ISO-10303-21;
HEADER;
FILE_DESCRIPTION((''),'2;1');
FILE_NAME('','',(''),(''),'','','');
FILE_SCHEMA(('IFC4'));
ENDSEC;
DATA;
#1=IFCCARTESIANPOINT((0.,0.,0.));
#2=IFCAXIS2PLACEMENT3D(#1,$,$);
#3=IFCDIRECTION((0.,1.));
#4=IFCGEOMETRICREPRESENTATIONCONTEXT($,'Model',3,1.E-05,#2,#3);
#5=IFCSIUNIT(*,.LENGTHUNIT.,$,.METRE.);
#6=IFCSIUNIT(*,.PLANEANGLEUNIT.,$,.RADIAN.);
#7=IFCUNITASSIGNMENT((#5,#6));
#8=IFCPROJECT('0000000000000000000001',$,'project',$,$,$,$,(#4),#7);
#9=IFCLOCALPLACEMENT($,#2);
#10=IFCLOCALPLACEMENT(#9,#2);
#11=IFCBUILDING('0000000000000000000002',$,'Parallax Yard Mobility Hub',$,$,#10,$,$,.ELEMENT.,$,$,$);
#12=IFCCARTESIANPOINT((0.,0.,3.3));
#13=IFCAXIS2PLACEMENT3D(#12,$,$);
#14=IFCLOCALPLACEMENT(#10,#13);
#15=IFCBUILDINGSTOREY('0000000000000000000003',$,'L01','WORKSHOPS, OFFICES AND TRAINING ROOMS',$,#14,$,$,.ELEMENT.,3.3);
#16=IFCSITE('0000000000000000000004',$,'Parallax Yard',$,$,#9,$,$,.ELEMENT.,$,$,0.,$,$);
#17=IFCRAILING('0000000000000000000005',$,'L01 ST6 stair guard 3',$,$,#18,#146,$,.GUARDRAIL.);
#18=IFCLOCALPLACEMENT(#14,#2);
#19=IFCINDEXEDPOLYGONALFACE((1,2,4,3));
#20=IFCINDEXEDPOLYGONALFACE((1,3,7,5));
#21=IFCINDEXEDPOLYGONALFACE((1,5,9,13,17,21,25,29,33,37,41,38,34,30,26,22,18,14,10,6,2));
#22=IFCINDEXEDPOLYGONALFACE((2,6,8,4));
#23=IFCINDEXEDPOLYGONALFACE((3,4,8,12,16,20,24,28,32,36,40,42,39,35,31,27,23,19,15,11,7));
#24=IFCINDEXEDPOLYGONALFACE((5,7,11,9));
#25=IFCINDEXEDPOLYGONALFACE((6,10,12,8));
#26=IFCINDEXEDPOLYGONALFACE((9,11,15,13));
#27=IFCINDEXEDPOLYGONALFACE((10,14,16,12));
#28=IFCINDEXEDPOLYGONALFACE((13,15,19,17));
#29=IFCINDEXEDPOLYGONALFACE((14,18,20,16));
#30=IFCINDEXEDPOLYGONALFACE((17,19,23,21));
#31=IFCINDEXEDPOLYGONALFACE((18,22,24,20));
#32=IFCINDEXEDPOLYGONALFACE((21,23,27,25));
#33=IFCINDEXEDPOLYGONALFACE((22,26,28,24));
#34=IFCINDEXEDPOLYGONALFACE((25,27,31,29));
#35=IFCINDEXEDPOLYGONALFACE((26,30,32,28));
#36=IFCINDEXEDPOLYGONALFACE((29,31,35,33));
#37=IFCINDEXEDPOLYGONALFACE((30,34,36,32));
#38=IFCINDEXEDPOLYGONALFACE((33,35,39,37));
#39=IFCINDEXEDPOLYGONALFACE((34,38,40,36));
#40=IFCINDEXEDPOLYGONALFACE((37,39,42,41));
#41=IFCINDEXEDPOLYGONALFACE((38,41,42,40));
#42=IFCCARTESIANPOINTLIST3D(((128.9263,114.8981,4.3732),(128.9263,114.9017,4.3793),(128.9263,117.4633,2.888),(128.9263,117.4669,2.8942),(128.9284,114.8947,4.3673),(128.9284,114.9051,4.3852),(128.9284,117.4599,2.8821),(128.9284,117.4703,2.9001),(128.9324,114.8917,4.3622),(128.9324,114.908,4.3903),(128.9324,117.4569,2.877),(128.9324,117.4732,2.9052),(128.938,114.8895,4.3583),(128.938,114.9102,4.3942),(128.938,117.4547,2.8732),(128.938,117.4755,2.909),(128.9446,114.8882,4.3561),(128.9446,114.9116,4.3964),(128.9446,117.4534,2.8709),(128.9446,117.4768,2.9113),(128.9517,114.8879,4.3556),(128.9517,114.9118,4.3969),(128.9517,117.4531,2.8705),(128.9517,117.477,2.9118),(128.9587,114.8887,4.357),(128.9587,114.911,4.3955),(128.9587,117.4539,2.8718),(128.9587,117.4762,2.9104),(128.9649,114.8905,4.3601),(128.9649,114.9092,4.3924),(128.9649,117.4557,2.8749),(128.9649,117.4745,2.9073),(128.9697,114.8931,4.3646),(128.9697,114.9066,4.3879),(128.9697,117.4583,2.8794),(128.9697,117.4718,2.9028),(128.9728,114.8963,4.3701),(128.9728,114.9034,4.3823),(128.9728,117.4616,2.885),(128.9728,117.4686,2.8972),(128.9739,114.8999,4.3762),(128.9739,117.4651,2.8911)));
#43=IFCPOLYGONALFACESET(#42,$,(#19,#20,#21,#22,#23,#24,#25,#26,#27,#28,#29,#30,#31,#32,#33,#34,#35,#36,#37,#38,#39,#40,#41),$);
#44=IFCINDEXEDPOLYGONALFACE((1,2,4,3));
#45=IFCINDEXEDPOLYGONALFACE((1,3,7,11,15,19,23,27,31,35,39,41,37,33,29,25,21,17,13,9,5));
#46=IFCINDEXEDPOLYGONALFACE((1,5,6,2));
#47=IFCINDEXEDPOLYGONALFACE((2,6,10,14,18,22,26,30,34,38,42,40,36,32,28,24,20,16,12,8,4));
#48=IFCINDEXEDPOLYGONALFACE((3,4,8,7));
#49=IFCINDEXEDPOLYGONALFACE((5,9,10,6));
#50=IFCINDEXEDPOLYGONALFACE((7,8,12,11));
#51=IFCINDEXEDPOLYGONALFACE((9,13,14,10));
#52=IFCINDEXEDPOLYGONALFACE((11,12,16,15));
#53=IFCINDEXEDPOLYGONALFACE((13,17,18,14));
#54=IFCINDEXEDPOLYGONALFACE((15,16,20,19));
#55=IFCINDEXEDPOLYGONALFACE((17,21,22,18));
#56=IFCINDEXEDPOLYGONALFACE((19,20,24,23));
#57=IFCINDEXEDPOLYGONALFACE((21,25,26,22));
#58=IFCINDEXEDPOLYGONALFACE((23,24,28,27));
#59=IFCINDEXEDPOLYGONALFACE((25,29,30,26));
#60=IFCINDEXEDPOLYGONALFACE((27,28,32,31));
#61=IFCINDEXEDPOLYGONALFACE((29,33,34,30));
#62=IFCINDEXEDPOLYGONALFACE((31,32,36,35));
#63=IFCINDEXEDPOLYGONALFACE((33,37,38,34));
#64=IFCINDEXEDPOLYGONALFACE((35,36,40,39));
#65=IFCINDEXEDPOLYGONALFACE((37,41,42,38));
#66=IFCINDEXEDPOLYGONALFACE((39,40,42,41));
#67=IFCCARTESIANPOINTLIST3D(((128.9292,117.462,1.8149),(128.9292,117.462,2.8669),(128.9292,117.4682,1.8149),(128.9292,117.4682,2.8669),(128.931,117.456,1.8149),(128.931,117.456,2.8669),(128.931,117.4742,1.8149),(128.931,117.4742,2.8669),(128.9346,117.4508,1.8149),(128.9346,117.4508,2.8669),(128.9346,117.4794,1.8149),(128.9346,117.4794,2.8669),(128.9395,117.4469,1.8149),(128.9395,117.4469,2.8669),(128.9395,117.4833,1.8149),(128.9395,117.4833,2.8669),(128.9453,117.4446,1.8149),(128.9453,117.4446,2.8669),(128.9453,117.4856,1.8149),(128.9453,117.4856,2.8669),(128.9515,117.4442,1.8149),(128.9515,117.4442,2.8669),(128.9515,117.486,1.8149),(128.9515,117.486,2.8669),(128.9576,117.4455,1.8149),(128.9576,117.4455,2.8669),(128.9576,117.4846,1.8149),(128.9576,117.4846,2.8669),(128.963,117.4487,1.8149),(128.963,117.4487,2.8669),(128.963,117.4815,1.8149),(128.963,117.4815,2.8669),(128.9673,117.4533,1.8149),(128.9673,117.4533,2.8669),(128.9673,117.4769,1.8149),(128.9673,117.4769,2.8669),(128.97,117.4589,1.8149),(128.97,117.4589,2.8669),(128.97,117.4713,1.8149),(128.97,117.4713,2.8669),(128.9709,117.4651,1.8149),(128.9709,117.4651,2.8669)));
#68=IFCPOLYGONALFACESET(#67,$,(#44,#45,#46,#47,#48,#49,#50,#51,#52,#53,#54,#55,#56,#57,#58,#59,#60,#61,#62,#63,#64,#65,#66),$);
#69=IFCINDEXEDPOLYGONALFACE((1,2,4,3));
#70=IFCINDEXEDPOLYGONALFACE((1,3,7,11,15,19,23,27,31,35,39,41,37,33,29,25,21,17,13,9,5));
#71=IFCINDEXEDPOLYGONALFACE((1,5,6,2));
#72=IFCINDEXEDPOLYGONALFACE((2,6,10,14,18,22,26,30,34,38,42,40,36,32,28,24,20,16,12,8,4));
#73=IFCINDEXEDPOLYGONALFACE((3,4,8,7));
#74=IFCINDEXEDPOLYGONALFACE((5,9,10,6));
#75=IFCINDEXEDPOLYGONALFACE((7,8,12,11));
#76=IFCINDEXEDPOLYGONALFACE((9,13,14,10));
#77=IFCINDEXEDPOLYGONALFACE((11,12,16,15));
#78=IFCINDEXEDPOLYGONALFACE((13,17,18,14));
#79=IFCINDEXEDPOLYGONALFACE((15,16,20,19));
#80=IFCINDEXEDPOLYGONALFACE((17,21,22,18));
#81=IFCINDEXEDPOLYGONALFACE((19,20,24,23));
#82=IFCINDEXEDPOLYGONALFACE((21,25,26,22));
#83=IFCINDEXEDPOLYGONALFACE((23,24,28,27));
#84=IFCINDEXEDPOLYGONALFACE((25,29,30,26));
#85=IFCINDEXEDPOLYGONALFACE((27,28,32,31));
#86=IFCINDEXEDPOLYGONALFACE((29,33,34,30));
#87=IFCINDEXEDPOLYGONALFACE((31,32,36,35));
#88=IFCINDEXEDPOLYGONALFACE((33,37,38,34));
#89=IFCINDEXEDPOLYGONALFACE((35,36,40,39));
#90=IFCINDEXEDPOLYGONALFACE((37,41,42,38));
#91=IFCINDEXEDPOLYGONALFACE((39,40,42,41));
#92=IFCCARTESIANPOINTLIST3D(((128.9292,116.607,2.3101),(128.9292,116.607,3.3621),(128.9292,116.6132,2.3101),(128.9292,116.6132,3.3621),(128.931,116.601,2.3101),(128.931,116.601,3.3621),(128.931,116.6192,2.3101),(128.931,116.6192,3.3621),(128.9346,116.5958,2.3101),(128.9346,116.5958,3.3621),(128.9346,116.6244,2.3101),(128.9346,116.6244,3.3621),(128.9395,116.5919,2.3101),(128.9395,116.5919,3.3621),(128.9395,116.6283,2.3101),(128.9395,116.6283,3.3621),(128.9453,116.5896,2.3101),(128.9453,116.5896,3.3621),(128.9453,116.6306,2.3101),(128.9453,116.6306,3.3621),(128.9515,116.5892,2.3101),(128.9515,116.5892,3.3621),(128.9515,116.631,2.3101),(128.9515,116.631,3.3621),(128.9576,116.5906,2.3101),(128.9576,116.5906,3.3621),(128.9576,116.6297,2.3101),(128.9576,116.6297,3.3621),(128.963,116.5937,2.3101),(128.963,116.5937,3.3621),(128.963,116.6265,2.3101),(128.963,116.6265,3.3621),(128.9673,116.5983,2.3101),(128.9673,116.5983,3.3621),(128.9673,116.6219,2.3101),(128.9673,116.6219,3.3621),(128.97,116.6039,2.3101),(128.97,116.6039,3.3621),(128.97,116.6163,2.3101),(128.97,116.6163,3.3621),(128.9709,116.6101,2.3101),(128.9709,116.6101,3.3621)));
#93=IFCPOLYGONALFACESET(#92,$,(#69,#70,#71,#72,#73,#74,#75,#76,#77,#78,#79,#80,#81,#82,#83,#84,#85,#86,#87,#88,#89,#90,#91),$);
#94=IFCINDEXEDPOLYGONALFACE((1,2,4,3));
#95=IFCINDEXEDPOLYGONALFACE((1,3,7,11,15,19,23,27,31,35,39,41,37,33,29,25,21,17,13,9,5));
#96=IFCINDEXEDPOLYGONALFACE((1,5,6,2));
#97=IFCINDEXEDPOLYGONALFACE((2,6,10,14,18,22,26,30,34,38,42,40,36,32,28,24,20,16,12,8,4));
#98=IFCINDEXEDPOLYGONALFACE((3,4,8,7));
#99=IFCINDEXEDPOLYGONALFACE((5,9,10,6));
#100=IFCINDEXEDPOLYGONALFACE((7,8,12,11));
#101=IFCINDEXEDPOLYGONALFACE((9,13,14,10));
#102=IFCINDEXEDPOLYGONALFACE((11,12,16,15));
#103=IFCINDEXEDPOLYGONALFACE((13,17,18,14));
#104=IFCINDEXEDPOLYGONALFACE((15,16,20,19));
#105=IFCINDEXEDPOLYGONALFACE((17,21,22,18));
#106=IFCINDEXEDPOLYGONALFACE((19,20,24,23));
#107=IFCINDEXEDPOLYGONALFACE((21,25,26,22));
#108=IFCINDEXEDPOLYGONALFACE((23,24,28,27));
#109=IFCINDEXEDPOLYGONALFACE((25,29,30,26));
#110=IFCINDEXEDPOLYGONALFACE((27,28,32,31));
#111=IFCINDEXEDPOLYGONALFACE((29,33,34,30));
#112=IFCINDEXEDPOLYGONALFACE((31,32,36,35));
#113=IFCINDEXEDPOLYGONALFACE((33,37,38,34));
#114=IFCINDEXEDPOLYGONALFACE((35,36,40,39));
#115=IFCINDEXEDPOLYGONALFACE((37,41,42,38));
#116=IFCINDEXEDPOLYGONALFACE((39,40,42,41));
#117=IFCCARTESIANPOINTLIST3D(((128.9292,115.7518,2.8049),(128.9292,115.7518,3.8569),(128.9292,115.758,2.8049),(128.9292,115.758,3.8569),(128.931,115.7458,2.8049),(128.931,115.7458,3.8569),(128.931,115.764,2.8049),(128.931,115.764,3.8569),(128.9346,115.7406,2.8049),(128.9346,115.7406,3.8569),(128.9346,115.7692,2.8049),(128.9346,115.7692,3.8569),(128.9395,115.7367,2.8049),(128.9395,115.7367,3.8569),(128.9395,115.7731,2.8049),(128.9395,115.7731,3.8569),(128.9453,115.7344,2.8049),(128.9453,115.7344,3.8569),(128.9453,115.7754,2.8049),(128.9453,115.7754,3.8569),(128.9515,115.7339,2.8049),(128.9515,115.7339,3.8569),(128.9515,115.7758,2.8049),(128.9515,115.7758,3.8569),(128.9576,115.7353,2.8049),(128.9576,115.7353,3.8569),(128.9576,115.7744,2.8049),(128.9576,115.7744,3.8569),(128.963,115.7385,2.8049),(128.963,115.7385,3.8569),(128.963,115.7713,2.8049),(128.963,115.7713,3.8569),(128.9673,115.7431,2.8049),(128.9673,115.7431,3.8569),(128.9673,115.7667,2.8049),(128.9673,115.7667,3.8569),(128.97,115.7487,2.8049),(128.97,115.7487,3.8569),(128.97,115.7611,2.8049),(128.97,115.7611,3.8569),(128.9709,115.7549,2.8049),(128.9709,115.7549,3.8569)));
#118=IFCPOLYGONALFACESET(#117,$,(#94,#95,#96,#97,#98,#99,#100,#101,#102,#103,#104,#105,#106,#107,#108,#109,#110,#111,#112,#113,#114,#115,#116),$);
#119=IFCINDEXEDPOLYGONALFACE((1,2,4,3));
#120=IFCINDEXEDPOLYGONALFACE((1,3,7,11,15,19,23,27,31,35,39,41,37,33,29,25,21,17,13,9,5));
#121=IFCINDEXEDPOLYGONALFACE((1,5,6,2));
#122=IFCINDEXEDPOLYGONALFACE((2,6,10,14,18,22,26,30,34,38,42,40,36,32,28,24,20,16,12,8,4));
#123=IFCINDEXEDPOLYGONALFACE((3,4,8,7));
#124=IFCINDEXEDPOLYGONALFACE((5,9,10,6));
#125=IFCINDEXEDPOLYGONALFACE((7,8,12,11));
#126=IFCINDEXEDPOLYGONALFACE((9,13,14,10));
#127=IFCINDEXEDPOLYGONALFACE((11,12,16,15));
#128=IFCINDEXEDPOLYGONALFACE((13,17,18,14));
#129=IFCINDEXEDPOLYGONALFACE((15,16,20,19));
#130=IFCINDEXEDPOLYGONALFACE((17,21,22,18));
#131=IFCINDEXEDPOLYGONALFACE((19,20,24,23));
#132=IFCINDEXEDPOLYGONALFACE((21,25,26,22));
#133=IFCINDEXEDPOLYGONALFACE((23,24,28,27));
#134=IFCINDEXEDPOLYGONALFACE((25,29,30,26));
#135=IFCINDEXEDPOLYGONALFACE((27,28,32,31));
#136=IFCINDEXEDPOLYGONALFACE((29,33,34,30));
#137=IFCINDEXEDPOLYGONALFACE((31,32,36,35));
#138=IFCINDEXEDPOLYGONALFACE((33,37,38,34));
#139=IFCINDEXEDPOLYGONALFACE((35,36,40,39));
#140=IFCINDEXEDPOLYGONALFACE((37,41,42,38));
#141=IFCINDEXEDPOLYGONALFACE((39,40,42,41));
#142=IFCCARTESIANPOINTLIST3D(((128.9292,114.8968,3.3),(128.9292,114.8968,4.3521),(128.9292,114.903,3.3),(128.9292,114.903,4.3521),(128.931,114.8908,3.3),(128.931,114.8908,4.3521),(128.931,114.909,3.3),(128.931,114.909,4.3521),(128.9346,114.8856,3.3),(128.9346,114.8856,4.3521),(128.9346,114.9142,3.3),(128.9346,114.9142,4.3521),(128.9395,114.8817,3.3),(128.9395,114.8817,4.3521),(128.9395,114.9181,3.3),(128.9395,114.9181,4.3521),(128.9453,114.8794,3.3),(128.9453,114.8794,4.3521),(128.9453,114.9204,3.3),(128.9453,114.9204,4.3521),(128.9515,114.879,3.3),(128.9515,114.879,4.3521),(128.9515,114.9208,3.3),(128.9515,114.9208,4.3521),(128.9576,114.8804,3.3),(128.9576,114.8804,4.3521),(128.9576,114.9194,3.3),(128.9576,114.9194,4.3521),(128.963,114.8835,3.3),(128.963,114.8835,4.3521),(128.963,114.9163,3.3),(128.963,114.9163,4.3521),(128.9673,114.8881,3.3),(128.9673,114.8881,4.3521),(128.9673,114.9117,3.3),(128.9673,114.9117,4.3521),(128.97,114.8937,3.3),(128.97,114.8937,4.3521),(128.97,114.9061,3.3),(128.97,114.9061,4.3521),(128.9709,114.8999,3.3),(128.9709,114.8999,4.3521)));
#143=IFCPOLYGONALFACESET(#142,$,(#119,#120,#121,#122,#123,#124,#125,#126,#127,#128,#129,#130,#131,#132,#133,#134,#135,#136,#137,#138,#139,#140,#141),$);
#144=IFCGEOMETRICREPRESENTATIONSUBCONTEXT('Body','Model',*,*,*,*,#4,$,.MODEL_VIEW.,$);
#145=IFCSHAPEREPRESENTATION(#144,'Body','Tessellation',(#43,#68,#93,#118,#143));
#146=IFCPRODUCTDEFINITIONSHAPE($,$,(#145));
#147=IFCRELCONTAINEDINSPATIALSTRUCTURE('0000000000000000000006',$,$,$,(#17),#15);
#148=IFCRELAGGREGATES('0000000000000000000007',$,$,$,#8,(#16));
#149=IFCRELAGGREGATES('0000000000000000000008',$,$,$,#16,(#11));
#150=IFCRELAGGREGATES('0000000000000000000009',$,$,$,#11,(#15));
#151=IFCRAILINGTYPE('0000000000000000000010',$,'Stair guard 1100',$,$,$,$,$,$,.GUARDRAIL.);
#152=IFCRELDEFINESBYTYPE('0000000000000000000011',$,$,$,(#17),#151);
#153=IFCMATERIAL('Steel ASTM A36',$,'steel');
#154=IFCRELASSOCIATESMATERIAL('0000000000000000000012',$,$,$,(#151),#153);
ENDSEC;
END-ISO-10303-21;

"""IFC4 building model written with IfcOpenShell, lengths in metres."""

from ifc_helpers import new_model, si_unit, direction, frame, origin, origin_2d, place, context, subcontext, project, spatial, circle, extrude, material, type_object, element, save


model = new_model("IFC4")

# Units and contexts
model_context = context("Model", 3, precision=1e-05, world=origin(), true_north=direction((0.0, 1.0)))
body_context = subcontext(model_context, "Body", "Model", "MODEL_VIEW")
ifc_project = project(units=[si_unit("LENGTHUNIT", "METRE"), si_unit("PLANEANGLEUNIT", "RADIAN")], contexts=[model_context])

# Site, building, storey
site_placement = place(None, origin())
site = spatial("IfcSite", under=ifc_project, at=site_placement, Name="Parallax Yard", CompositionType="ELEMENT", RefElevation=0.0)
building_placement = place(site_placement, origin())
building = spatial("IfcBuilding", under=site, at=building_placement, Name="Parallax Yard Mobility Hub", CompositionType="ELEMENT")
storey_placement = place(building_placement, frame((0.0, 0.0, 3.3)))
storey = spatial("IfcBuildingStorey", under=building, at=storey_placement, Name="L01", Description="WORKSHOPS, OFFICES AND TRAINING ROOMS", CompositionType="ELEMENT", Elevation=3.3)

# Railing
ifc_material_1 = material(Name="Steel ASTM A36", Category="steel")
railing_type_1 = type_object("IfcRailingType", Name="Stair guard 1100", PredefinedType="GUARDRAIL", material=ifc_material_1)
railing_1_placement = place(storey_placement, frame((128.95, 117.4651, 1.8149)))
element("IfcRailing", 1, at=railing_1_placement, inside=storey, type_object=railing_type_1, Name="L01 ST6 stair guard 3", PredefinedType="GUARDRAIL", context=body_context, shape_type="SweptSolid", body=[
    extrude(circle(Radius=0.0239, at=origin_2d()), frame((0.0, 0.0, 1.0762), z_axis=(0.0, -0.865426, 0.501036), x_axis=(1.0, 0.0, 0.0)), (0.0, 0.0, 1.0), 2.9641),
    extrude(circle(Radius=0.021, at=origin_2d()), origin(), (0.0, 0.0, 1.0), 1.052),
    extrude(circle(Radius=0.021, at=origin_2d()), frame((0.0, -0.855, 0.4951)), (0.0, 0.0, 1.0), 1.052),
    extrude(circle(Radius=0.021, at=origin_2d()), frame((0.0, -1.7102, 0.99)), (0.0, 0.0, 1.0), 1.052),
    extrude(circle(Radius=0.021, at=origin_2d()), frame((0.0, -2.5652, 1.4851)), (0.0, 0.0, 1.0), 1.052),
])

save(model, "model.ifc")
